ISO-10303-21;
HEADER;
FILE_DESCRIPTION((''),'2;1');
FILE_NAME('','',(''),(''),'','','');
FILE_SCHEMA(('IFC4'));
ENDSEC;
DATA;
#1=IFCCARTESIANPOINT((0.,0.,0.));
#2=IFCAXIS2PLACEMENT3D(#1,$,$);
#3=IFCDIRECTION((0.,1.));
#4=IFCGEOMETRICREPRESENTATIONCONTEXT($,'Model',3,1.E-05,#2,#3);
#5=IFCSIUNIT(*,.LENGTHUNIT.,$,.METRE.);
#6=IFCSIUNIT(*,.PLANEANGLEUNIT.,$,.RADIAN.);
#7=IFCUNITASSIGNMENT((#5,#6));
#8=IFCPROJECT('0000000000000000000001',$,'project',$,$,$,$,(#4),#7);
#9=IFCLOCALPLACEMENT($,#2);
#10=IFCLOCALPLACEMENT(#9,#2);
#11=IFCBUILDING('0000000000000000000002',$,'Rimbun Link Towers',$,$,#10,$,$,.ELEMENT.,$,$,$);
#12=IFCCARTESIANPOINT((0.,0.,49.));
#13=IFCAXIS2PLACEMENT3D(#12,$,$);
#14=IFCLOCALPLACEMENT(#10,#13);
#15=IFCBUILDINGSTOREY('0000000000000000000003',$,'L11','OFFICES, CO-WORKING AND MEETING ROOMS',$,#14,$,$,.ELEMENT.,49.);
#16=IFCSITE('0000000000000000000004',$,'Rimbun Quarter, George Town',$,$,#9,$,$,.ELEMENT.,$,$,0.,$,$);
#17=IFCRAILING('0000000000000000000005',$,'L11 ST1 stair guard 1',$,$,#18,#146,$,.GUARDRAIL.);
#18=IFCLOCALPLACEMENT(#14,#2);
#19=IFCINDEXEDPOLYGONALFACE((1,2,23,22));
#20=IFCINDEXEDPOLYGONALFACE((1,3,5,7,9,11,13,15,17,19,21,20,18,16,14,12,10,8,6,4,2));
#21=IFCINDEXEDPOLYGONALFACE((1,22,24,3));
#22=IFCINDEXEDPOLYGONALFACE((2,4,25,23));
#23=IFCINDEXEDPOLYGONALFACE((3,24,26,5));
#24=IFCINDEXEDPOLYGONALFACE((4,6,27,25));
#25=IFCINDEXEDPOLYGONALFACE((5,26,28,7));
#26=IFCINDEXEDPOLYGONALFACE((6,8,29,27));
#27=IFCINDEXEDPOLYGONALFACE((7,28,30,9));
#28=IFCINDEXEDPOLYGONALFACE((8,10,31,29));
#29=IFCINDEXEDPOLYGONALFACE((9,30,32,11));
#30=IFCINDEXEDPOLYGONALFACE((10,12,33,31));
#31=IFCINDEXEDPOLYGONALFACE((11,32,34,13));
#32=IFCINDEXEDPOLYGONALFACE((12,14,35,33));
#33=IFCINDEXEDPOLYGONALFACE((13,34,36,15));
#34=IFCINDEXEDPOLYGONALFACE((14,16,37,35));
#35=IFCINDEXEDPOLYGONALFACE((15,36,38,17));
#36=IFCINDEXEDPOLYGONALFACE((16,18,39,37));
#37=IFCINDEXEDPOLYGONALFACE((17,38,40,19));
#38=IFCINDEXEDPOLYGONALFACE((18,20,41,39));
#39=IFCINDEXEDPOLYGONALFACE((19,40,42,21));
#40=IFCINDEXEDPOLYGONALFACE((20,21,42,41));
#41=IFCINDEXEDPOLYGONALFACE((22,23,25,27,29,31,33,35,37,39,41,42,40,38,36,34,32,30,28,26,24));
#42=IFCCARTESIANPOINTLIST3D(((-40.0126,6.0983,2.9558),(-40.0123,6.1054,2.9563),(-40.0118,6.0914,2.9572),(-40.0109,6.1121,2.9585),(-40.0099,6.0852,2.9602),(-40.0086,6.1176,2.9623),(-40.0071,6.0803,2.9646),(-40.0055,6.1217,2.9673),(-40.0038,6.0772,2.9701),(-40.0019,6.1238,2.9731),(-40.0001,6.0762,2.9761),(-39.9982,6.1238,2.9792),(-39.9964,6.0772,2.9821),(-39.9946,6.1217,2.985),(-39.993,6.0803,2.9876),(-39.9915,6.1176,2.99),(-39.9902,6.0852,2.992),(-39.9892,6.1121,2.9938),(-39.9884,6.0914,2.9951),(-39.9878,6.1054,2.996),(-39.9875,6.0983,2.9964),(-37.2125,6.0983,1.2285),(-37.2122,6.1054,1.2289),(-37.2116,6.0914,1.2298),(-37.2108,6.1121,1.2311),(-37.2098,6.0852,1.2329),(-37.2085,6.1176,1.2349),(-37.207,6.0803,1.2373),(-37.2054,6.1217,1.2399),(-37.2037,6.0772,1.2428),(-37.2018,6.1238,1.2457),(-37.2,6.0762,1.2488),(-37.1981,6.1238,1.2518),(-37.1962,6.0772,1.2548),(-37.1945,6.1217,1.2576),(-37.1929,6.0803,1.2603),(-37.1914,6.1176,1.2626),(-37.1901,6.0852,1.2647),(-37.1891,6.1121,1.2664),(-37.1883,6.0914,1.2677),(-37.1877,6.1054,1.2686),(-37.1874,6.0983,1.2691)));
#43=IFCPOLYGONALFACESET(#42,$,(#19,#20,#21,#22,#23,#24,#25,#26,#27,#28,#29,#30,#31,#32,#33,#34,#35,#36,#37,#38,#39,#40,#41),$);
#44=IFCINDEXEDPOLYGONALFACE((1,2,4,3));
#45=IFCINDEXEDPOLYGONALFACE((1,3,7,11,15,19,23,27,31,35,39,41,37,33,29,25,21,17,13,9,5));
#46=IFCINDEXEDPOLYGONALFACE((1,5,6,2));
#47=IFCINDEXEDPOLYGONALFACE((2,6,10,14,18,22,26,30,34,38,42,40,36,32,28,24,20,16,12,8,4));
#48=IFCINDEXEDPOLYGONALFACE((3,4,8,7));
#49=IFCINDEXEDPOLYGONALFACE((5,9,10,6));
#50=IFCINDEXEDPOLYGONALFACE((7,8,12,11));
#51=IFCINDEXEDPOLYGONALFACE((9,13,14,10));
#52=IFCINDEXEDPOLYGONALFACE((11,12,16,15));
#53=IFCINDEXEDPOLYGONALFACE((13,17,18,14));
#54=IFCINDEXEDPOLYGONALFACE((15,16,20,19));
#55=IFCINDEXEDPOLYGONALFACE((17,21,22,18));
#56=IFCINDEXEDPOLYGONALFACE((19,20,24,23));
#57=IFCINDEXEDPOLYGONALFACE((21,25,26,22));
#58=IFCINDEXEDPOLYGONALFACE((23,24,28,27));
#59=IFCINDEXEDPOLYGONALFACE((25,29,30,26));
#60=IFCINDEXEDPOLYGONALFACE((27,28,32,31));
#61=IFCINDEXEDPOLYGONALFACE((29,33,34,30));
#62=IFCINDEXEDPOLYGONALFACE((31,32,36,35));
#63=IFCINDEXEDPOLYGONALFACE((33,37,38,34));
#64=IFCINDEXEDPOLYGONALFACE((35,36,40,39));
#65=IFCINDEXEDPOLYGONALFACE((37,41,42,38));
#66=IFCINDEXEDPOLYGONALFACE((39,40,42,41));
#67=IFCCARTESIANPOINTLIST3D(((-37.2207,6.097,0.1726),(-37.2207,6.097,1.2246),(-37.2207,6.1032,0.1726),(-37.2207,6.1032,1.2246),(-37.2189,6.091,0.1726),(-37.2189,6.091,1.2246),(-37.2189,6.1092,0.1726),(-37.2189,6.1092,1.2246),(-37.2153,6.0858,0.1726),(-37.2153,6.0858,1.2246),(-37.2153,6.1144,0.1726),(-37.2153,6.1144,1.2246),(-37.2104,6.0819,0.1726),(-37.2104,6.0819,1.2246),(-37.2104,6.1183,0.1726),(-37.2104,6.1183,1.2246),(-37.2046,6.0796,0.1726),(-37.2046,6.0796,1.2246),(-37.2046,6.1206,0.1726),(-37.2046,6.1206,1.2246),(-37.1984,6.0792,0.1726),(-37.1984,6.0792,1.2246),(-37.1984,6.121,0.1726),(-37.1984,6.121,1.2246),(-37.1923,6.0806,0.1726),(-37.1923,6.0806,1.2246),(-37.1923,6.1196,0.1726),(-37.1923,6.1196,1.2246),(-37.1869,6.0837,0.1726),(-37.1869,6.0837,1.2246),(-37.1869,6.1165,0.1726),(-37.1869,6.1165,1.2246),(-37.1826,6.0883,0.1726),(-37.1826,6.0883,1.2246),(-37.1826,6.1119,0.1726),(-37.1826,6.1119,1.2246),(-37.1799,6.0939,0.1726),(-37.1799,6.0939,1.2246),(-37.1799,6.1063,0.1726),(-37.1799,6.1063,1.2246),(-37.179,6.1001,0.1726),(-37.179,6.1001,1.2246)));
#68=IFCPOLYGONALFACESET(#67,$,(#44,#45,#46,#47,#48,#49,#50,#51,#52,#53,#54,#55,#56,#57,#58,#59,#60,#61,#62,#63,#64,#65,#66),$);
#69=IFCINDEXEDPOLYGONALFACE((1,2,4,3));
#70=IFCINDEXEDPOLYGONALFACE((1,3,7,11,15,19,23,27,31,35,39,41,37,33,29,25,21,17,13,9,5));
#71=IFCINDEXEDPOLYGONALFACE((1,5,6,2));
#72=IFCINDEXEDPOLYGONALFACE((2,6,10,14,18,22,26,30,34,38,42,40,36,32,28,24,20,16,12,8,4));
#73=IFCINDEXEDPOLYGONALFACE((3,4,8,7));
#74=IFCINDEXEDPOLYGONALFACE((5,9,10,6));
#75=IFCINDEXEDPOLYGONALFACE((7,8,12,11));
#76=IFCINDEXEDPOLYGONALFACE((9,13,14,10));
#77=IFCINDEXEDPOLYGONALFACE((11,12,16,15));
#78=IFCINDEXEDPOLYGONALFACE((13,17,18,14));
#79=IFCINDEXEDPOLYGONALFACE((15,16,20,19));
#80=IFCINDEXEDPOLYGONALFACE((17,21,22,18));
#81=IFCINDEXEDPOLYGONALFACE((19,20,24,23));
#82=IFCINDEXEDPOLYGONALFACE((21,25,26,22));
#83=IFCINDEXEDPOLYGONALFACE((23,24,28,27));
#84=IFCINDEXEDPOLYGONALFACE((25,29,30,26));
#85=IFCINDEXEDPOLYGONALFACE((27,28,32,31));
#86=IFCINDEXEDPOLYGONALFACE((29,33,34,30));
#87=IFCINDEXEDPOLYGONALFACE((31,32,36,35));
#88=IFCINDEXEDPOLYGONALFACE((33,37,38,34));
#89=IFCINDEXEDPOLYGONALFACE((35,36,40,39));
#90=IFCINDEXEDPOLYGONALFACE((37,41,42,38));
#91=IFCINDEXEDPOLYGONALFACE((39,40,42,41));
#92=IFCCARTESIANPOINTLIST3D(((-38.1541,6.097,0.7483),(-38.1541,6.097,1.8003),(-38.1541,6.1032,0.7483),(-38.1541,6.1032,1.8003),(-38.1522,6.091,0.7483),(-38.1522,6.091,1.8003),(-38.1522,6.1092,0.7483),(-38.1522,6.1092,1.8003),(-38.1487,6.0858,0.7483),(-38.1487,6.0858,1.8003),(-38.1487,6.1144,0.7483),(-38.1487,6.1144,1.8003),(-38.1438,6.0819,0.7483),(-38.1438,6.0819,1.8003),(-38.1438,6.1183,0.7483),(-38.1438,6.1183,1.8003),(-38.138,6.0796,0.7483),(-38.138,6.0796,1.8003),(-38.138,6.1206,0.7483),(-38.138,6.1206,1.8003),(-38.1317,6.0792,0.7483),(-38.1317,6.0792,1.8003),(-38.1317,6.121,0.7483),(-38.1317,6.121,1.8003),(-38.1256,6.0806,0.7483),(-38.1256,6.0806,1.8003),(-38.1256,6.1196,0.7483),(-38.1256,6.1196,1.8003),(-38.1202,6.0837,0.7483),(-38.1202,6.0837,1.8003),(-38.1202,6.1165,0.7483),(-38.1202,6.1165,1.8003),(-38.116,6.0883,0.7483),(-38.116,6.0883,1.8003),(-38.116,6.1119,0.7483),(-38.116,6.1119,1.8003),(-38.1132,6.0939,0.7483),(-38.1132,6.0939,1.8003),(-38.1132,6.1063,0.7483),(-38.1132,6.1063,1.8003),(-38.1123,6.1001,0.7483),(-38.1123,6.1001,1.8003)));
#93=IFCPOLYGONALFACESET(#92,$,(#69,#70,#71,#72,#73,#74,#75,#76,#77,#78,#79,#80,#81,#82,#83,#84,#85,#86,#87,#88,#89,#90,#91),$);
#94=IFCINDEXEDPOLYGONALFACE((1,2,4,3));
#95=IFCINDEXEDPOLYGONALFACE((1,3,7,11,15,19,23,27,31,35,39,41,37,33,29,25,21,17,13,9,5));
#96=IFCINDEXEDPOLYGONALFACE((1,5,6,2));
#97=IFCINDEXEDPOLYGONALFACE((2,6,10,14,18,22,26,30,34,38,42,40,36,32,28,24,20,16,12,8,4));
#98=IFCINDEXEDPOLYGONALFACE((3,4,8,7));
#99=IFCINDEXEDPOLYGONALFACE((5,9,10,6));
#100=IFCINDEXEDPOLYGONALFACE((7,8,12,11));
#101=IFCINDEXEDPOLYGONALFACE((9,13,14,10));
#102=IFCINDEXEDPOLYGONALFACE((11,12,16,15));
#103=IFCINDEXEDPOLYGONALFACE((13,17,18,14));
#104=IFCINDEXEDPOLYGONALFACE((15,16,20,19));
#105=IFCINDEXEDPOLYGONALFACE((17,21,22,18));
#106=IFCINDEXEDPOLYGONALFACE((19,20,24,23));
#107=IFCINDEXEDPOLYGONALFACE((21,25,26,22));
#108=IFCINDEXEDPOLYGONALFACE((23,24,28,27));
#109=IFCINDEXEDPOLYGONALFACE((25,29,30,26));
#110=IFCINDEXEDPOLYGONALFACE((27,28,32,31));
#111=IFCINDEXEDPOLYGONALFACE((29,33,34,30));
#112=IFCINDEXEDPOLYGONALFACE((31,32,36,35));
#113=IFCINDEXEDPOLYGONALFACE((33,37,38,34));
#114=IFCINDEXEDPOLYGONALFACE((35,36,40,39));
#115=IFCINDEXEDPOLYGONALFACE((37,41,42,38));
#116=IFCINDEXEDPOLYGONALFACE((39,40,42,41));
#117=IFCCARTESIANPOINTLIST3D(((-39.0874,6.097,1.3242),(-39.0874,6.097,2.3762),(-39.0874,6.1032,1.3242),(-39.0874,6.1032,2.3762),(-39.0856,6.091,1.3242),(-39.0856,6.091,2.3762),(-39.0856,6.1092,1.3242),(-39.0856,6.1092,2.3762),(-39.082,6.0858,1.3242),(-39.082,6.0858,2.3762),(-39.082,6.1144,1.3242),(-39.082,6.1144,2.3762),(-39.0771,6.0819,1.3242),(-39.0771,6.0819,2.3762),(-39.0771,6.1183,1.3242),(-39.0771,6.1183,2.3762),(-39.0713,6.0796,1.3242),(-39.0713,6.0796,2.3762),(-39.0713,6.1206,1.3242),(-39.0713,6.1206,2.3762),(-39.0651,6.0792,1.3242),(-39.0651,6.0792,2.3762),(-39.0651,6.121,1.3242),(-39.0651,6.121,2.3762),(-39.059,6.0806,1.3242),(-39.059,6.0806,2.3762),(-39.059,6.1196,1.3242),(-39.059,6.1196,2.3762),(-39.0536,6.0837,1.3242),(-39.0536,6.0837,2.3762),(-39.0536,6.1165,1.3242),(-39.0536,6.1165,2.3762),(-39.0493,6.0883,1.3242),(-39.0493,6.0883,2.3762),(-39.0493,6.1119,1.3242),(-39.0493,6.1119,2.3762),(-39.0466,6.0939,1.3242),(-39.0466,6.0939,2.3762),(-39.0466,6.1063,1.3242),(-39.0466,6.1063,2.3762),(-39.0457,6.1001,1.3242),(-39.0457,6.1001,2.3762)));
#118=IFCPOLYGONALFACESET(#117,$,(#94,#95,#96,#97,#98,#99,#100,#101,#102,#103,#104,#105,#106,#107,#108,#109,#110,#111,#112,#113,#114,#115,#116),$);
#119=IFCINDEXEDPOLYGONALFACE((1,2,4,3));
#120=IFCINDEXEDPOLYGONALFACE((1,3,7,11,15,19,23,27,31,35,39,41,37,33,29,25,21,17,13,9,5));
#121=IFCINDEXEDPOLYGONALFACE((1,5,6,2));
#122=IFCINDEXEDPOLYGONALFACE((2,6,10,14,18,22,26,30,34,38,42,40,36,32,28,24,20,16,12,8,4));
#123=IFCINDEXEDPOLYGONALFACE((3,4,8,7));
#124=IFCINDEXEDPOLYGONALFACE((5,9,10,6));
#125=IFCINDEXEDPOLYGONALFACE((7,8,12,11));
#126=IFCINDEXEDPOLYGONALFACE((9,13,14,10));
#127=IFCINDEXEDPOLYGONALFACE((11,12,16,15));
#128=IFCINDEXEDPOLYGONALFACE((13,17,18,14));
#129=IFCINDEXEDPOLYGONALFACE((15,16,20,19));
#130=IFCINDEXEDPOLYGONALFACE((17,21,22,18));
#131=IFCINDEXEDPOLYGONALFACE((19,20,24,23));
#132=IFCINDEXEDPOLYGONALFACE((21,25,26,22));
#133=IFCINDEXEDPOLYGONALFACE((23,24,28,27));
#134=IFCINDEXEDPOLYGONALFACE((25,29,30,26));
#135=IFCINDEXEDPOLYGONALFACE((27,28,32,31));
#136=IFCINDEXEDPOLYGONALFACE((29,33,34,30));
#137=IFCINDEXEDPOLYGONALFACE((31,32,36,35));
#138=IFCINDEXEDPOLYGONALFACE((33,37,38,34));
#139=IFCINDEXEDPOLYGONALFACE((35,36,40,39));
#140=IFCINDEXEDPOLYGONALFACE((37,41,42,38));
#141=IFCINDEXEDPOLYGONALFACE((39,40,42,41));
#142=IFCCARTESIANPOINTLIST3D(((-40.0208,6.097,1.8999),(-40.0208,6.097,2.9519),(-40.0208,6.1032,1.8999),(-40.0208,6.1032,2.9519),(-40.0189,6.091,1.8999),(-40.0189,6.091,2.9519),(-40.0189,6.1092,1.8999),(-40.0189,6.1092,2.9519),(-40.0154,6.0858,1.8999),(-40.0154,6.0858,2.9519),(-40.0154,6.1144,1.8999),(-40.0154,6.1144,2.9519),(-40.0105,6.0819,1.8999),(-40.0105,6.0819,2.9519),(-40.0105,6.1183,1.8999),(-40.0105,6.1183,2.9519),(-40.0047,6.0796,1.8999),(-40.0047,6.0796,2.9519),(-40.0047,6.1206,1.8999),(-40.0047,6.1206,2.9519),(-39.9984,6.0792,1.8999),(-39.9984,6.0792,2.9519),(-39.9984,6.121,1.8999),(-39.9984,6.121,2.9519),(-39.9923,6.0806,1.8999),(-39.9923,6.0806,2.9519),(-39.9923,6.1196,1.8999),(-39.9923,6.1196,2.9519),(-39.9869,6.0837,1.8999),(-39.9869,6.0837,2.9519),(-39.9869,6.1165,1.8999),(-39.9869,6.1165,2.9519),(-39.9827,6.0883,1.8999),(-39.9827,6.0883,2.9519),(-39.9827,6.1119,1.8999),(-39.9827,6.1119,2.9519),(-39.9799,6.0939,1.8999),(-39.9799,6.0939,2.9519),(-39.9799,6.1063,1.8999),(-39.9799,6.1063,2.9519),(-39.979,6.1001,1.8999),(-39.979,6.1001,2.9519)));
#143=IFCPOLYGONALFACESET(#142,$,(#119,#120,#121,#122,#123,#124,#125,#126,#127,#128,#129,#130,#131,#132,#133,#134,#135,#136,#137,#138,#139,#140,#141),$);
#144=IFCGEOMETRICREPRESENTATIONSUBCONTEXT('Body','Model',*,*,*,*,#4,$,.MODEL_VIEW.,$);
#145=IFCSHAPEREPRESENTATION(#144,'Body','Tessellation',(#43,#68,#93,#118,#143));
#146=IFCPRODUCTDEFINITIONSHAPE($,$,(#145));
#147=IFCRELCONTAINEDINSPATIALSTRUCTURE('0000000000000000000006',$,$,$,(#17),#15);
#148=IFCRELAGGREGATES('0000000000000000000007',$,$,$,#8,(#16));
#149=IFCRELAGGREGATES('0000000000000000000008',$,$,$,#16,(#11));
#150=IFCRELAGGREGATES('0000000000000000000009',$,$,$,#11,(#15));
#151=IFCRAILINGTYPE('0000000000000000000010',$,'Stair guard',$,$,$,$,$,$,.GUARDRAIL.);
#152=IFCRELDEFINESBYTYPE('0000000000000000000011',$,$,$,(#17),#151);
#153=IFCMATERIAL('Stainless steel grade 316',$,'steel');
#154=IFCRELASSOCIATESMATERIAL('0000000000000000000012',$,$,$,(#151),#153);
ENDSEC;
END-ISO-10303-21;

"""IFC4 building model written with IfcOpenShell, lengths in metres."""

from ifc_helpers import new_model, si_unit, direction, frame, origin, origin_2d, place, context, subcontext, project, spatial, circle, extrude, material, type_object, element, save


model = new_model("IFC4")

# Units and contexts
model_context = context("Model", 3, precision=1e-05, world=origin(), true_north=direction((0.0, 1.0)))
body_context = subcontext(model_context, "Body", "Model", "MODEL_VIEW")
ifc_project = project(units=[si_unit("LENGTHUNIT", "METRE"), si_unit("PLANEANGLEUNIT", "RADIAN")], contexts=[model_context])

# Site, building, storey
site_placement = place(None, origin())
site = spatial("IfcSite", under=ifc_project, at=site_placement, Name="Rimbun Quarter, George Town", CompositionType="ELEMENT", RefElevation=0.0)
building_placement = place(site_placement, origin())
building = spatial("IfcBuilding", under=site, at=building_placement, Name="Rimbun Link Towers", CompositionType="ELEMENT")
storey_placement = place(building_placement, frame((0.0, 0.0, 49.0)))
storey = spatial("IfcBuildingStorey", under=building, at=storey_placement, Name="L11", Description="OFFICES, CO-WORKING AND MEETING ROOMS", CompositionType="ELEMENT", Elevation=49.0)

# Railing
ifc_material_1 = material(Name="Stainless steel grade 316", Category="steel")
railing_type_1 = type_object("IfcRailingType", Name="Stair guard", PredefinedType="GUARDRAIL", material=ifc_material_1)
railing_1_placement = place(storey_placement, frame((-37.2, 6.1001, 0.1726)))
element("IfcRailing", 1, at=railing_1_placement, inside=storey, type_object=railing_type_1, Name="L11 ST1 stair guard 1", PredefinedType="GUARDRAIL", context=body_context, shape_type="SweptSolid", body=[
    extrude(circle(Radius=0.0239, at=origin_2d()), frame((0.0, 0.0, 1.0762), z_axis=(-0.85109, 0.0, 0.52502), x_axis=(0.0, -1.0, 0.0)), (0.0, 0.0, 1.0), 3.29),
    extrude(circle(Radius=0.021, at=origin_2d()), origin(), (0.0, 0.0, 1.0), 1.052),
    extrude(circle(Radius=0.021, at=origin_2d()), frame((-0.9333, 0.0, 0.5757)), (0.0, 0.0, 1.0), 1.052),
    extrude(circle(Radius=0.021, at=origin_2d()), frame((-1.8667, 0.0, 1.1516)), (0.0, 0.0, 1.0), 1.052),
    extrude(circle(Radius=0.021, at=origin_2d()), frame((-2.8, 0.0, 1.7273)), (0.0, 0.0, 1.0), 1.052),
])

save(model, "model.ifc")
